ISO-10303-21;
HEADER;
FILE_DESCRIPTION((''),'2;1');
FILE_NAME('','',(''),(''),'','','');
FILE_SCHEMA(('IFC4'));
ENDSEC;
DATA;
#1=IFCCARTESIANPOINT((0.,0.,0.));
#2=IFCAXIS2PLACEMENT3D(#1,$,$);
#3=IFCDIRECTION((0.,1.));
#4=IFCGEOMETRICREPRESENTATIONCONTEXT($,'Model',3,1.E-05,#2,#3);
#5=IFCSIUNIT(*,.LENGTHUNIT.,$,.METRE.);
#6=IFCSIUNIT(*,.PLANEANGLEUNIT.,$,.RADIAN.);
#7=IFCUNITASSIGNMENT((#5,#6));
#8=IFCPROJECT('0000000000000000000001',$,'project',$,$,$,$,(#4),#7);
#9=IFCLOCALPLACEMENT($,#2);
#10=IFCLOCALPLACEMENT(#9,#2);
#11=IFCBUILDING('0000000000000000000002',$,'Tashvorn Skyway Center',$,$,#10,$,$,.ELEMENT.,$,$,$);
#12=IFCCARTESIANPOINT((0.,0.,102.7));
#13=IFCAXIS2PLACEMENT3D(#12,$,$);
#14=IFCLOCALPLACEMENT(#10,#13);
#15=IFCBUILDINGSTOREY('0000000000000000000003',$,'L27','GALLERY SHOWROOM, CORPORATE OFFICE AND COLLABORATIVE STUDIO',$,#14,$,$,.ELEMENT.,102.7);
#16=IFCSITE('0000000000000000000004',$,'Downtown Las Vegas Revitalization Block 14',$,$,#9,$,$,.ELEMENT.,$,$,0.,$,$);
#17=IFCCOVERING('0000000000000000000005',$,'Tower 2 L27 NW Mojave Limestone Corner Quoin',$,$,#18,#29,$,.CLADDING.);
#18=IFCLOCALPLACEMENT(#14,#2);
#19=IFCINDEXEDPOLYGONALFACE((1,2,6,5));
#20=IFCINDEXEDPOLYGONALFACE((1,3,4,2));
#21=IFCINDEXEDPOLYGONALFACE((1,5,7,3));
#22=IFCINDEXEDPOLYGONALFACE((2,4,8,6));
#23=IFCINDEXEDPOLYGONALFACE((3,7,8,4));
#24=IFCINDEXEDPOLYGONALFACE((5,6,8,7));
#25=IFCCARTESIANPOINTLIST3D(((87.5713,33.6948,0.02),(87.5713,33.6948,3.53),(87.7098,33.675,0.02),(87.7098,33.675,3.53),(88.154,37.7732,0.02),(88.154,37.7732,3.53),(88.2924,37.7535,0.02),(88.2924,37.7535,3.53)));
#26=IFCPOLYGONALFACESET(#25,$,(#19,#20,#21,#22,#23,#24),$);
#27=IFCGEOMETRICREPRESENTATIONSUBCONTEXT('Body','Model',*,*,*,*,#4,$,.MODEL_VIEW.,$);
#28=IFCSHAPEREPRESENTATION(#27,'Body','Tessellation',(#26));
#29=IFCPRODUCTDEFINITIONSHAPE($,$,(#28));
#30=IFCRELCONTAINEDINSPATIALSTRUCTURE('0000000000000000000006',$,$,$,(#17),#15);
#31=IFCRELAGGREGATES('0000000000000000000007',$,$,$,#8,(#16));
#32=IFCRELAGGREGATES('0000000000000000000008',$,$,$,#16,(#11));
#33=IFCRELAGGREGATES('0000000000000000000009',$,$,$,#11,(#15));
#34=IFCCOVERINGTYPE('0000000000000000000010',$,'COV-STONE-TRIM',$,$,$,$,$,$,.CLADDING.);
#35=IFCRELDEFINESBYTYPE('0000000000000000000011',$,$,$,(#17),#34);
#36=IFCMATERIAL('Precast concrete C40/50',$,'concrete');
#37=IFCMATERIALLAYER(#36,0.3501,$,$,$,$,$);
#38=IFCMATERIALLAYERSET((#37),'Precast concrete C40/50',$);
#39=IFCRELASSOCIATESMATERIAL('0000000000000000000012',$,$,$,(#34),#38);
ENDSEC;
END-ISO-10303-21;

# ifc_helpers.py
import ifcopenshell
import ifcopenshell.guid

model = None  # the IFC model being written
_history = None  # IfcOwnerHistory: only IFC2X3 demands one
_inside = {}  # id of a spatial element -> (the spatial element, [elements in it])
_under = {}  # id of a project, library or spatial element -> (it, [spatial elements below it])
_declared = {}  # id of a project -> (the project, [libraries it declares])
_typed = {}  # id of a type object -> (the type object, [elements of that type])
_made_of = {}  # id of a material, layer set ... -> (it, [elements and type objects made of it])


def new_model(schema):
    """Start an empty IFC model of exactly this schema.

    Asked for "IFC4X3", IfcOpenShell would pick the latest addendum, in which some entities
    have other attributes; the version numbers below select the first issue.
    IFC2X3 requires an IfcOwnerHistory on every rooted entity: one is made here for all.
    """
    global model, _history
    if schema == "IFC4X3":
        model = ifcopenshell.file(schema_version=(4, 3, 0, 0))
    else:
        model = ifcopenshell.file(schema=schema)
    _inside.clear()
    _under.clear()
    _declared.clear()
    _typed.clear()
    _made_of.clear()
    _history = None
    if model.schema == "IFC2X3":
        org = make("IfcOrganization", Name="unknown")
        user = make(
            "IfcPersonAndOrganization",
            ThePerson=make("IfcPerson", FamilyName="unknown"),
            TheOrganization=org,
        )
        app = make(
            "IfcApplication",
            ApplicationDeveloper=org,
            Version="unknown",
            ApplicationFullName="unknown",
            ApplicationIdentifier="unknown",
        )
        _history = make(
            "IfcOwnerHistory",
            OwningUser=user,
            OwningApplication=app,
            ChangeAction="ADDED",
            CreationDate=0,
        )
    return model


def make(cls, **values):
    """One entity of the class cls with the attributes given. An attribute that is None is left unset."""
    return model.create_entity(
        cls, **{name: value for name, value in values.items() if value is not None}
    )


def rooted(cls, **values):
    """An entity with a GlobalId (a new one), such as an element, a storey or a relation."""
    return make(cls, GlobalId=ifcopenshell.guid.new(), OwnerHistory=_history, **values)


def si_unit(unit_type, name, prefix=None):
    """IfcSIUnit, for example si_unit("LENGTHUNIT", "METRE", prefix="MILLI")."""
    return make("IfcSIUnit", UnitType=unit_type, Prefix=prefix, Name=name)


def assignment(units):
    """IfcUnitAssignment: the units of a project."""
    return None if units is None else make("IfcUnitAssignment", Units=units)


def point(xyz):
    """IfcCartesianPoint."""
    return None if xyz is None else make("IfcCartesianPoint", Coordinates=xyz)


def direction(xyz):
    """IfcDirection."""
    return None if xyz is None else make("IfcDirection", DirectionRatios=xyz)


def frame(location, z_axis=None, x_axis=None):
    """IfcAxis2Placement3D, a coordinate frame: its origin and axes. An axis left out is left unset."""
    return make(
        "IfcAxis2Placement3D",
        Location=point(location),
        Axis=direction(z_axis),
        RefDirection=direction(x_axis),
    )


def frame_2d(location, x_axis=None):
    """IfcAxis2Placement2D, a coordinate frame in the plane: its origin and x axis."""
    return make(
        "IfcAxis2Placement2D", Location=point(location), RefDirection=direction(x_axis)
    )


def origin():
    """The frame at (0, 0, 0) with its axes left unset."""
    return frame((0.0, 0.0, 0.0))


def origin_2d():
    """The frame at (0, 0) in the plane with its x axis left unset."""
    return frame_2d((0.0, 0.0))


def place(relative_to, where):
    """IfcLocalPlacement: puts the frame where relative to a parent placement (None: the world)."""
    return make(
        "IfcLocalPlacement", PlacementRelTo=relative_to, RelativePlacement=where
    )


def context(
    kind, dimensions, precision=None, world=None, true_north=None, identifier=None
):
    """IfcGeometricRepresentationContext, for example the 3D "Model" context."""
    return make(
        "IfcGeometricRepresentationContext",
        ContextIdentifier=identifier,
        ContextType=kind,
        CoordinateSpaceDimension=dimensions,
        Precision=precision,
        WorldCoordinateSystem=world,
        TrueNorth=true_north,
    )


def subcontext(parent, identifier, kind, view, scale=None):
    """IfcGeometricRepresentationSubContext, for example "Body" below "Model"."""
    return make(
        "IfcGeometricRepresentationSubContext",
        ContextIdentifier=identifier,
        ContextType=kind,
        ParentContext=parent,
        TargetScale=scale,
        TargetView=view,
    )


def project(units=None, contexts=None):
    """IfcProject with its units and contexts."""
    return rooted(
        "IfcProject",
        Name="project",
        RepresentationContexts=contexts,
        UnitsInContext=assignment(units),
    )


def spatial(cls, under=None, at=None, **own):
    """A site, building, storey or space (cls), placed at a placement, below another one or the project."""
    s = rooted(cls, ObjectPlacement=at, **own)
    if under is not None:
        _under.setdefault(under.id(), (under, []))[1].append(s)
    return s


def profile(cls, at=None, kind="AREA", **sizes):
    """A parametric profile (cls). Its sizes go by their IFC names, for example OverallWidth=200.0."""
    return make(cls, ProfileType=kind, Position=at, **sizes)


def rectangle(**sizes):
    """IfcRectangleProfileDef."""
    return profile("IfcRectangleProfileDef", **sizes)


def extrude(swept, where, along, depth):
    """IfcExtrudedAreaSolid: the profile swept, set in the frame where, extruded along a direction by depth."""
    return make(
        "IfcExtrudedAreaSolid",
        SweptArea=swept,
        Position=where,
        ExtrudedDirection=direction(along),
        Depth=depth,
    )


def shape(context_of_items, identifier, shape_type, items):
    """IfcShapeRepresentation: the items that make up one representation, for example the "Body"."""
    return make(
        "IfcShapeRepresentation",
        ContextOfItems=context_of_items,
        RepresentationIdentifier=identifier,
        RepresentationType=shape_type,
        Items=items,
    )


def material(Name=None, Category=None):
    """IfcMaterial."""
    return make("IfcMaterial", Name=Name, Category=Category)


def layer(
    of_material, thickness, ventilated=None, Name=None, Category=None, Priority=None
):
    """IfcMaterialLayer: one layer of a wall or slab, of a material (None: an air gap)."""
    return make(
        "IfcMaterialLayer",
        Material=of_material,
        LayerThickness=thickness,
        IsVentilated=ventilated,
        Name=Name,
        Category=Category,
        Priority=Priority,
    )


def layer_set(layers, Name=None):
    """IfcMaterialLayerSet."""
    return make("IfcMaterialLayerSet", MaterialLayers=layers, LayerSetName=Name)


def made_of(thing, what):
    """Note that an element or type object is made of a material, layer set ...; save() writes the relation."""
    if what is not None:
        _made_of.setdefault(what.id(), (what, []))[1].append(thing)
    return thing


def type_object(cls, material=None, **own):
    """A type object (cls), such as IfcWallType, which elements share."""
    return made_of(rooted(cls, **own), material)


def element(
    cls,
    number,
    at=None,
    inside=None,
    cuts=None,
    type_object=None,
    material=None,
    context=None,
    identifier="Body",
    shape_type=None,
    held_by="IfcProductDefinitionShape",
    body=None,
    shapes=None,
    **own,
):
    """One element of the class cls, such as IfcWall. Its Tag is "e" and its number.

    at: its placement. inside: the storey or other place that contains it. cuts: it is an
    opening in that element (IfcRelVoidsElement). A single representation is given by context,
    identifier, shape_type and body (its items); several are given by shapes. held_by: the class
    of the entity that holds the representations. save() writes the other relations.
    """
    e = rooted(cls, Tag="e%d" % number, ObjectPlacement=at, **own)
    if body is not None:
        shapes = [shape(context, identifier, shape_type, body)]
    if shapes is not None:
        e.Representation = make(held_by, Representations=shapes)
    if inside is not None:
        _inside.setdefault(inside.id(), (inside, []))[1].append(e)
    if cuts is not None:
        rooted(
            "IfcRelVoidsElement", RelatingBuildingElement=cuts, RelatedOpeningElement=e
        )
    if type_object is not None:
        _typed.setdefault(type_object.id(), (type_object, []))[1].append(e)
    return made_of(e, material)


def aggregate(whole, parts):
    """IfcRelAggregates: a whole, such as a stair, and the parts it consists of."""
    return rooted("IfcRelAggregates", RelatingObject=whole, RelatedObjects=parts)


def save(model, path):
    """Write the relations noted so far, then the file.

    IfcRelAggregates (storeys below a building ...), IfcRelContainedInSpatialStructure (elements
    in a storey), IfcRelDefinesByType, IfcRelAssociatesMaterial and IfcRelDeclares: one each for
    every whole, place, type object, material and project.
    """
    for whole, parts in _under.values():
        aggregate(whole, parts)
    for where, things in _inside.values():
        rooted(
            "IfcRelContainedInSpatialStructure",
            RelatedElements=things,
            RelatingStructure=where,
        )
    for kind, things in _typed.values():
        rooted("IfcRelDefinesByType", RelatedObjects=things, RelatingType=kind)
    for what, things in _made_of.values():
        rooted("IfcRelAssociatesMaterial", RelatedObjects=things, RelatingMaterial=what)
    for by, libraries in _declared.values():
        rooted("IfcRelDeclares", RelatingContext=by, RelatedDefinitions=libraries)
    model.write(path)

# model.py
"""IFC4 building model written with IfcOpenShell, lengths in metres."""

from ifc_helpers import new_model, si_unit, direction, frame, origin, origin_2d, place, context, subcontext, project, spatial, rectangle, extrude, material, layer, layer_set, type_object, element, save


model = new_model("IFC4")

# Units and contexts
model_context = context("Model", 3, precision=1e-05, world=origin(), true_north=direction((0.0, 1.0)))
body_context = subcontext(model_context, "Body", "Model", "MODEL_VIEW")
ifc_project = project(units=[si_unit("LENGTHUNIT", "METRE"), si_unit("PLANEANGLEUNIT", "RADIAN")], contexts=[model_context])

# Site, building, storey
site_placement = place(None, origin())
site = spatial("IfcSite", under=ifc_project, at=site_placement, Name="Downtown Las Vegas Revitalization Block 14", CompositionType="ELEMENT", RefElevation=0.0)
building_placement = place(site_placement, origin())
building = spatial("IfcBuilding", under=site, at=building_placement, Name="Tashvorn Skyway Center", CompositionType="ELEMENT")
storey_placement = place(building_placement, frame((0.0, 0.0, 102.7)))
storey = spatial("IfcBuildingStorey", under=building, at=storey_placement, Name="L27", Description="GALLERY SHOWROOM, CORPORATE OFFICE AND COLLABORATIVE STUDIO", CompositionType="ELEMENT", Elevation=102.7)

# Shared definitions
ifc_material_1 = material(Name="Precast concrete C40/50", Category="concrete")

# Covering
ifc_layer_1 = layer(ifc_material_1, 0.3501)
ifc_layer_set_1 = layer_set([ifc_layer_1], Name="Precast concrete C40/50")
covering_type_1 = type_object("IfcCoveringType", Name="COV-STONE-TRIM", PredefinedType="CLADDING", material=ifc_layer_set_1)
covering_1_placement = place(storey_placement, frame((87.9319, 35.7241, 0.02), z_axis=(0.0, 0.0, 1.0), x_axis=(-0.141421, -0.989949, 0.0)))
element("IfcCovering", 1, at=covering_1_placement, inside=storey, type_object=covering_type_1, Name="Tower 2 L27 NW Mojave Limestone Corner Quoin", PredefinedType="CLADDING", context=body_context, shape_type="SweptSolid", body=[
    extrude(rectangle(XDim=4.1199, YDim=0.1399, at=origin_2d()), origin(), (0.0, 0.0, 1.0), 3.51),
])

save(model, "model.ifc")
